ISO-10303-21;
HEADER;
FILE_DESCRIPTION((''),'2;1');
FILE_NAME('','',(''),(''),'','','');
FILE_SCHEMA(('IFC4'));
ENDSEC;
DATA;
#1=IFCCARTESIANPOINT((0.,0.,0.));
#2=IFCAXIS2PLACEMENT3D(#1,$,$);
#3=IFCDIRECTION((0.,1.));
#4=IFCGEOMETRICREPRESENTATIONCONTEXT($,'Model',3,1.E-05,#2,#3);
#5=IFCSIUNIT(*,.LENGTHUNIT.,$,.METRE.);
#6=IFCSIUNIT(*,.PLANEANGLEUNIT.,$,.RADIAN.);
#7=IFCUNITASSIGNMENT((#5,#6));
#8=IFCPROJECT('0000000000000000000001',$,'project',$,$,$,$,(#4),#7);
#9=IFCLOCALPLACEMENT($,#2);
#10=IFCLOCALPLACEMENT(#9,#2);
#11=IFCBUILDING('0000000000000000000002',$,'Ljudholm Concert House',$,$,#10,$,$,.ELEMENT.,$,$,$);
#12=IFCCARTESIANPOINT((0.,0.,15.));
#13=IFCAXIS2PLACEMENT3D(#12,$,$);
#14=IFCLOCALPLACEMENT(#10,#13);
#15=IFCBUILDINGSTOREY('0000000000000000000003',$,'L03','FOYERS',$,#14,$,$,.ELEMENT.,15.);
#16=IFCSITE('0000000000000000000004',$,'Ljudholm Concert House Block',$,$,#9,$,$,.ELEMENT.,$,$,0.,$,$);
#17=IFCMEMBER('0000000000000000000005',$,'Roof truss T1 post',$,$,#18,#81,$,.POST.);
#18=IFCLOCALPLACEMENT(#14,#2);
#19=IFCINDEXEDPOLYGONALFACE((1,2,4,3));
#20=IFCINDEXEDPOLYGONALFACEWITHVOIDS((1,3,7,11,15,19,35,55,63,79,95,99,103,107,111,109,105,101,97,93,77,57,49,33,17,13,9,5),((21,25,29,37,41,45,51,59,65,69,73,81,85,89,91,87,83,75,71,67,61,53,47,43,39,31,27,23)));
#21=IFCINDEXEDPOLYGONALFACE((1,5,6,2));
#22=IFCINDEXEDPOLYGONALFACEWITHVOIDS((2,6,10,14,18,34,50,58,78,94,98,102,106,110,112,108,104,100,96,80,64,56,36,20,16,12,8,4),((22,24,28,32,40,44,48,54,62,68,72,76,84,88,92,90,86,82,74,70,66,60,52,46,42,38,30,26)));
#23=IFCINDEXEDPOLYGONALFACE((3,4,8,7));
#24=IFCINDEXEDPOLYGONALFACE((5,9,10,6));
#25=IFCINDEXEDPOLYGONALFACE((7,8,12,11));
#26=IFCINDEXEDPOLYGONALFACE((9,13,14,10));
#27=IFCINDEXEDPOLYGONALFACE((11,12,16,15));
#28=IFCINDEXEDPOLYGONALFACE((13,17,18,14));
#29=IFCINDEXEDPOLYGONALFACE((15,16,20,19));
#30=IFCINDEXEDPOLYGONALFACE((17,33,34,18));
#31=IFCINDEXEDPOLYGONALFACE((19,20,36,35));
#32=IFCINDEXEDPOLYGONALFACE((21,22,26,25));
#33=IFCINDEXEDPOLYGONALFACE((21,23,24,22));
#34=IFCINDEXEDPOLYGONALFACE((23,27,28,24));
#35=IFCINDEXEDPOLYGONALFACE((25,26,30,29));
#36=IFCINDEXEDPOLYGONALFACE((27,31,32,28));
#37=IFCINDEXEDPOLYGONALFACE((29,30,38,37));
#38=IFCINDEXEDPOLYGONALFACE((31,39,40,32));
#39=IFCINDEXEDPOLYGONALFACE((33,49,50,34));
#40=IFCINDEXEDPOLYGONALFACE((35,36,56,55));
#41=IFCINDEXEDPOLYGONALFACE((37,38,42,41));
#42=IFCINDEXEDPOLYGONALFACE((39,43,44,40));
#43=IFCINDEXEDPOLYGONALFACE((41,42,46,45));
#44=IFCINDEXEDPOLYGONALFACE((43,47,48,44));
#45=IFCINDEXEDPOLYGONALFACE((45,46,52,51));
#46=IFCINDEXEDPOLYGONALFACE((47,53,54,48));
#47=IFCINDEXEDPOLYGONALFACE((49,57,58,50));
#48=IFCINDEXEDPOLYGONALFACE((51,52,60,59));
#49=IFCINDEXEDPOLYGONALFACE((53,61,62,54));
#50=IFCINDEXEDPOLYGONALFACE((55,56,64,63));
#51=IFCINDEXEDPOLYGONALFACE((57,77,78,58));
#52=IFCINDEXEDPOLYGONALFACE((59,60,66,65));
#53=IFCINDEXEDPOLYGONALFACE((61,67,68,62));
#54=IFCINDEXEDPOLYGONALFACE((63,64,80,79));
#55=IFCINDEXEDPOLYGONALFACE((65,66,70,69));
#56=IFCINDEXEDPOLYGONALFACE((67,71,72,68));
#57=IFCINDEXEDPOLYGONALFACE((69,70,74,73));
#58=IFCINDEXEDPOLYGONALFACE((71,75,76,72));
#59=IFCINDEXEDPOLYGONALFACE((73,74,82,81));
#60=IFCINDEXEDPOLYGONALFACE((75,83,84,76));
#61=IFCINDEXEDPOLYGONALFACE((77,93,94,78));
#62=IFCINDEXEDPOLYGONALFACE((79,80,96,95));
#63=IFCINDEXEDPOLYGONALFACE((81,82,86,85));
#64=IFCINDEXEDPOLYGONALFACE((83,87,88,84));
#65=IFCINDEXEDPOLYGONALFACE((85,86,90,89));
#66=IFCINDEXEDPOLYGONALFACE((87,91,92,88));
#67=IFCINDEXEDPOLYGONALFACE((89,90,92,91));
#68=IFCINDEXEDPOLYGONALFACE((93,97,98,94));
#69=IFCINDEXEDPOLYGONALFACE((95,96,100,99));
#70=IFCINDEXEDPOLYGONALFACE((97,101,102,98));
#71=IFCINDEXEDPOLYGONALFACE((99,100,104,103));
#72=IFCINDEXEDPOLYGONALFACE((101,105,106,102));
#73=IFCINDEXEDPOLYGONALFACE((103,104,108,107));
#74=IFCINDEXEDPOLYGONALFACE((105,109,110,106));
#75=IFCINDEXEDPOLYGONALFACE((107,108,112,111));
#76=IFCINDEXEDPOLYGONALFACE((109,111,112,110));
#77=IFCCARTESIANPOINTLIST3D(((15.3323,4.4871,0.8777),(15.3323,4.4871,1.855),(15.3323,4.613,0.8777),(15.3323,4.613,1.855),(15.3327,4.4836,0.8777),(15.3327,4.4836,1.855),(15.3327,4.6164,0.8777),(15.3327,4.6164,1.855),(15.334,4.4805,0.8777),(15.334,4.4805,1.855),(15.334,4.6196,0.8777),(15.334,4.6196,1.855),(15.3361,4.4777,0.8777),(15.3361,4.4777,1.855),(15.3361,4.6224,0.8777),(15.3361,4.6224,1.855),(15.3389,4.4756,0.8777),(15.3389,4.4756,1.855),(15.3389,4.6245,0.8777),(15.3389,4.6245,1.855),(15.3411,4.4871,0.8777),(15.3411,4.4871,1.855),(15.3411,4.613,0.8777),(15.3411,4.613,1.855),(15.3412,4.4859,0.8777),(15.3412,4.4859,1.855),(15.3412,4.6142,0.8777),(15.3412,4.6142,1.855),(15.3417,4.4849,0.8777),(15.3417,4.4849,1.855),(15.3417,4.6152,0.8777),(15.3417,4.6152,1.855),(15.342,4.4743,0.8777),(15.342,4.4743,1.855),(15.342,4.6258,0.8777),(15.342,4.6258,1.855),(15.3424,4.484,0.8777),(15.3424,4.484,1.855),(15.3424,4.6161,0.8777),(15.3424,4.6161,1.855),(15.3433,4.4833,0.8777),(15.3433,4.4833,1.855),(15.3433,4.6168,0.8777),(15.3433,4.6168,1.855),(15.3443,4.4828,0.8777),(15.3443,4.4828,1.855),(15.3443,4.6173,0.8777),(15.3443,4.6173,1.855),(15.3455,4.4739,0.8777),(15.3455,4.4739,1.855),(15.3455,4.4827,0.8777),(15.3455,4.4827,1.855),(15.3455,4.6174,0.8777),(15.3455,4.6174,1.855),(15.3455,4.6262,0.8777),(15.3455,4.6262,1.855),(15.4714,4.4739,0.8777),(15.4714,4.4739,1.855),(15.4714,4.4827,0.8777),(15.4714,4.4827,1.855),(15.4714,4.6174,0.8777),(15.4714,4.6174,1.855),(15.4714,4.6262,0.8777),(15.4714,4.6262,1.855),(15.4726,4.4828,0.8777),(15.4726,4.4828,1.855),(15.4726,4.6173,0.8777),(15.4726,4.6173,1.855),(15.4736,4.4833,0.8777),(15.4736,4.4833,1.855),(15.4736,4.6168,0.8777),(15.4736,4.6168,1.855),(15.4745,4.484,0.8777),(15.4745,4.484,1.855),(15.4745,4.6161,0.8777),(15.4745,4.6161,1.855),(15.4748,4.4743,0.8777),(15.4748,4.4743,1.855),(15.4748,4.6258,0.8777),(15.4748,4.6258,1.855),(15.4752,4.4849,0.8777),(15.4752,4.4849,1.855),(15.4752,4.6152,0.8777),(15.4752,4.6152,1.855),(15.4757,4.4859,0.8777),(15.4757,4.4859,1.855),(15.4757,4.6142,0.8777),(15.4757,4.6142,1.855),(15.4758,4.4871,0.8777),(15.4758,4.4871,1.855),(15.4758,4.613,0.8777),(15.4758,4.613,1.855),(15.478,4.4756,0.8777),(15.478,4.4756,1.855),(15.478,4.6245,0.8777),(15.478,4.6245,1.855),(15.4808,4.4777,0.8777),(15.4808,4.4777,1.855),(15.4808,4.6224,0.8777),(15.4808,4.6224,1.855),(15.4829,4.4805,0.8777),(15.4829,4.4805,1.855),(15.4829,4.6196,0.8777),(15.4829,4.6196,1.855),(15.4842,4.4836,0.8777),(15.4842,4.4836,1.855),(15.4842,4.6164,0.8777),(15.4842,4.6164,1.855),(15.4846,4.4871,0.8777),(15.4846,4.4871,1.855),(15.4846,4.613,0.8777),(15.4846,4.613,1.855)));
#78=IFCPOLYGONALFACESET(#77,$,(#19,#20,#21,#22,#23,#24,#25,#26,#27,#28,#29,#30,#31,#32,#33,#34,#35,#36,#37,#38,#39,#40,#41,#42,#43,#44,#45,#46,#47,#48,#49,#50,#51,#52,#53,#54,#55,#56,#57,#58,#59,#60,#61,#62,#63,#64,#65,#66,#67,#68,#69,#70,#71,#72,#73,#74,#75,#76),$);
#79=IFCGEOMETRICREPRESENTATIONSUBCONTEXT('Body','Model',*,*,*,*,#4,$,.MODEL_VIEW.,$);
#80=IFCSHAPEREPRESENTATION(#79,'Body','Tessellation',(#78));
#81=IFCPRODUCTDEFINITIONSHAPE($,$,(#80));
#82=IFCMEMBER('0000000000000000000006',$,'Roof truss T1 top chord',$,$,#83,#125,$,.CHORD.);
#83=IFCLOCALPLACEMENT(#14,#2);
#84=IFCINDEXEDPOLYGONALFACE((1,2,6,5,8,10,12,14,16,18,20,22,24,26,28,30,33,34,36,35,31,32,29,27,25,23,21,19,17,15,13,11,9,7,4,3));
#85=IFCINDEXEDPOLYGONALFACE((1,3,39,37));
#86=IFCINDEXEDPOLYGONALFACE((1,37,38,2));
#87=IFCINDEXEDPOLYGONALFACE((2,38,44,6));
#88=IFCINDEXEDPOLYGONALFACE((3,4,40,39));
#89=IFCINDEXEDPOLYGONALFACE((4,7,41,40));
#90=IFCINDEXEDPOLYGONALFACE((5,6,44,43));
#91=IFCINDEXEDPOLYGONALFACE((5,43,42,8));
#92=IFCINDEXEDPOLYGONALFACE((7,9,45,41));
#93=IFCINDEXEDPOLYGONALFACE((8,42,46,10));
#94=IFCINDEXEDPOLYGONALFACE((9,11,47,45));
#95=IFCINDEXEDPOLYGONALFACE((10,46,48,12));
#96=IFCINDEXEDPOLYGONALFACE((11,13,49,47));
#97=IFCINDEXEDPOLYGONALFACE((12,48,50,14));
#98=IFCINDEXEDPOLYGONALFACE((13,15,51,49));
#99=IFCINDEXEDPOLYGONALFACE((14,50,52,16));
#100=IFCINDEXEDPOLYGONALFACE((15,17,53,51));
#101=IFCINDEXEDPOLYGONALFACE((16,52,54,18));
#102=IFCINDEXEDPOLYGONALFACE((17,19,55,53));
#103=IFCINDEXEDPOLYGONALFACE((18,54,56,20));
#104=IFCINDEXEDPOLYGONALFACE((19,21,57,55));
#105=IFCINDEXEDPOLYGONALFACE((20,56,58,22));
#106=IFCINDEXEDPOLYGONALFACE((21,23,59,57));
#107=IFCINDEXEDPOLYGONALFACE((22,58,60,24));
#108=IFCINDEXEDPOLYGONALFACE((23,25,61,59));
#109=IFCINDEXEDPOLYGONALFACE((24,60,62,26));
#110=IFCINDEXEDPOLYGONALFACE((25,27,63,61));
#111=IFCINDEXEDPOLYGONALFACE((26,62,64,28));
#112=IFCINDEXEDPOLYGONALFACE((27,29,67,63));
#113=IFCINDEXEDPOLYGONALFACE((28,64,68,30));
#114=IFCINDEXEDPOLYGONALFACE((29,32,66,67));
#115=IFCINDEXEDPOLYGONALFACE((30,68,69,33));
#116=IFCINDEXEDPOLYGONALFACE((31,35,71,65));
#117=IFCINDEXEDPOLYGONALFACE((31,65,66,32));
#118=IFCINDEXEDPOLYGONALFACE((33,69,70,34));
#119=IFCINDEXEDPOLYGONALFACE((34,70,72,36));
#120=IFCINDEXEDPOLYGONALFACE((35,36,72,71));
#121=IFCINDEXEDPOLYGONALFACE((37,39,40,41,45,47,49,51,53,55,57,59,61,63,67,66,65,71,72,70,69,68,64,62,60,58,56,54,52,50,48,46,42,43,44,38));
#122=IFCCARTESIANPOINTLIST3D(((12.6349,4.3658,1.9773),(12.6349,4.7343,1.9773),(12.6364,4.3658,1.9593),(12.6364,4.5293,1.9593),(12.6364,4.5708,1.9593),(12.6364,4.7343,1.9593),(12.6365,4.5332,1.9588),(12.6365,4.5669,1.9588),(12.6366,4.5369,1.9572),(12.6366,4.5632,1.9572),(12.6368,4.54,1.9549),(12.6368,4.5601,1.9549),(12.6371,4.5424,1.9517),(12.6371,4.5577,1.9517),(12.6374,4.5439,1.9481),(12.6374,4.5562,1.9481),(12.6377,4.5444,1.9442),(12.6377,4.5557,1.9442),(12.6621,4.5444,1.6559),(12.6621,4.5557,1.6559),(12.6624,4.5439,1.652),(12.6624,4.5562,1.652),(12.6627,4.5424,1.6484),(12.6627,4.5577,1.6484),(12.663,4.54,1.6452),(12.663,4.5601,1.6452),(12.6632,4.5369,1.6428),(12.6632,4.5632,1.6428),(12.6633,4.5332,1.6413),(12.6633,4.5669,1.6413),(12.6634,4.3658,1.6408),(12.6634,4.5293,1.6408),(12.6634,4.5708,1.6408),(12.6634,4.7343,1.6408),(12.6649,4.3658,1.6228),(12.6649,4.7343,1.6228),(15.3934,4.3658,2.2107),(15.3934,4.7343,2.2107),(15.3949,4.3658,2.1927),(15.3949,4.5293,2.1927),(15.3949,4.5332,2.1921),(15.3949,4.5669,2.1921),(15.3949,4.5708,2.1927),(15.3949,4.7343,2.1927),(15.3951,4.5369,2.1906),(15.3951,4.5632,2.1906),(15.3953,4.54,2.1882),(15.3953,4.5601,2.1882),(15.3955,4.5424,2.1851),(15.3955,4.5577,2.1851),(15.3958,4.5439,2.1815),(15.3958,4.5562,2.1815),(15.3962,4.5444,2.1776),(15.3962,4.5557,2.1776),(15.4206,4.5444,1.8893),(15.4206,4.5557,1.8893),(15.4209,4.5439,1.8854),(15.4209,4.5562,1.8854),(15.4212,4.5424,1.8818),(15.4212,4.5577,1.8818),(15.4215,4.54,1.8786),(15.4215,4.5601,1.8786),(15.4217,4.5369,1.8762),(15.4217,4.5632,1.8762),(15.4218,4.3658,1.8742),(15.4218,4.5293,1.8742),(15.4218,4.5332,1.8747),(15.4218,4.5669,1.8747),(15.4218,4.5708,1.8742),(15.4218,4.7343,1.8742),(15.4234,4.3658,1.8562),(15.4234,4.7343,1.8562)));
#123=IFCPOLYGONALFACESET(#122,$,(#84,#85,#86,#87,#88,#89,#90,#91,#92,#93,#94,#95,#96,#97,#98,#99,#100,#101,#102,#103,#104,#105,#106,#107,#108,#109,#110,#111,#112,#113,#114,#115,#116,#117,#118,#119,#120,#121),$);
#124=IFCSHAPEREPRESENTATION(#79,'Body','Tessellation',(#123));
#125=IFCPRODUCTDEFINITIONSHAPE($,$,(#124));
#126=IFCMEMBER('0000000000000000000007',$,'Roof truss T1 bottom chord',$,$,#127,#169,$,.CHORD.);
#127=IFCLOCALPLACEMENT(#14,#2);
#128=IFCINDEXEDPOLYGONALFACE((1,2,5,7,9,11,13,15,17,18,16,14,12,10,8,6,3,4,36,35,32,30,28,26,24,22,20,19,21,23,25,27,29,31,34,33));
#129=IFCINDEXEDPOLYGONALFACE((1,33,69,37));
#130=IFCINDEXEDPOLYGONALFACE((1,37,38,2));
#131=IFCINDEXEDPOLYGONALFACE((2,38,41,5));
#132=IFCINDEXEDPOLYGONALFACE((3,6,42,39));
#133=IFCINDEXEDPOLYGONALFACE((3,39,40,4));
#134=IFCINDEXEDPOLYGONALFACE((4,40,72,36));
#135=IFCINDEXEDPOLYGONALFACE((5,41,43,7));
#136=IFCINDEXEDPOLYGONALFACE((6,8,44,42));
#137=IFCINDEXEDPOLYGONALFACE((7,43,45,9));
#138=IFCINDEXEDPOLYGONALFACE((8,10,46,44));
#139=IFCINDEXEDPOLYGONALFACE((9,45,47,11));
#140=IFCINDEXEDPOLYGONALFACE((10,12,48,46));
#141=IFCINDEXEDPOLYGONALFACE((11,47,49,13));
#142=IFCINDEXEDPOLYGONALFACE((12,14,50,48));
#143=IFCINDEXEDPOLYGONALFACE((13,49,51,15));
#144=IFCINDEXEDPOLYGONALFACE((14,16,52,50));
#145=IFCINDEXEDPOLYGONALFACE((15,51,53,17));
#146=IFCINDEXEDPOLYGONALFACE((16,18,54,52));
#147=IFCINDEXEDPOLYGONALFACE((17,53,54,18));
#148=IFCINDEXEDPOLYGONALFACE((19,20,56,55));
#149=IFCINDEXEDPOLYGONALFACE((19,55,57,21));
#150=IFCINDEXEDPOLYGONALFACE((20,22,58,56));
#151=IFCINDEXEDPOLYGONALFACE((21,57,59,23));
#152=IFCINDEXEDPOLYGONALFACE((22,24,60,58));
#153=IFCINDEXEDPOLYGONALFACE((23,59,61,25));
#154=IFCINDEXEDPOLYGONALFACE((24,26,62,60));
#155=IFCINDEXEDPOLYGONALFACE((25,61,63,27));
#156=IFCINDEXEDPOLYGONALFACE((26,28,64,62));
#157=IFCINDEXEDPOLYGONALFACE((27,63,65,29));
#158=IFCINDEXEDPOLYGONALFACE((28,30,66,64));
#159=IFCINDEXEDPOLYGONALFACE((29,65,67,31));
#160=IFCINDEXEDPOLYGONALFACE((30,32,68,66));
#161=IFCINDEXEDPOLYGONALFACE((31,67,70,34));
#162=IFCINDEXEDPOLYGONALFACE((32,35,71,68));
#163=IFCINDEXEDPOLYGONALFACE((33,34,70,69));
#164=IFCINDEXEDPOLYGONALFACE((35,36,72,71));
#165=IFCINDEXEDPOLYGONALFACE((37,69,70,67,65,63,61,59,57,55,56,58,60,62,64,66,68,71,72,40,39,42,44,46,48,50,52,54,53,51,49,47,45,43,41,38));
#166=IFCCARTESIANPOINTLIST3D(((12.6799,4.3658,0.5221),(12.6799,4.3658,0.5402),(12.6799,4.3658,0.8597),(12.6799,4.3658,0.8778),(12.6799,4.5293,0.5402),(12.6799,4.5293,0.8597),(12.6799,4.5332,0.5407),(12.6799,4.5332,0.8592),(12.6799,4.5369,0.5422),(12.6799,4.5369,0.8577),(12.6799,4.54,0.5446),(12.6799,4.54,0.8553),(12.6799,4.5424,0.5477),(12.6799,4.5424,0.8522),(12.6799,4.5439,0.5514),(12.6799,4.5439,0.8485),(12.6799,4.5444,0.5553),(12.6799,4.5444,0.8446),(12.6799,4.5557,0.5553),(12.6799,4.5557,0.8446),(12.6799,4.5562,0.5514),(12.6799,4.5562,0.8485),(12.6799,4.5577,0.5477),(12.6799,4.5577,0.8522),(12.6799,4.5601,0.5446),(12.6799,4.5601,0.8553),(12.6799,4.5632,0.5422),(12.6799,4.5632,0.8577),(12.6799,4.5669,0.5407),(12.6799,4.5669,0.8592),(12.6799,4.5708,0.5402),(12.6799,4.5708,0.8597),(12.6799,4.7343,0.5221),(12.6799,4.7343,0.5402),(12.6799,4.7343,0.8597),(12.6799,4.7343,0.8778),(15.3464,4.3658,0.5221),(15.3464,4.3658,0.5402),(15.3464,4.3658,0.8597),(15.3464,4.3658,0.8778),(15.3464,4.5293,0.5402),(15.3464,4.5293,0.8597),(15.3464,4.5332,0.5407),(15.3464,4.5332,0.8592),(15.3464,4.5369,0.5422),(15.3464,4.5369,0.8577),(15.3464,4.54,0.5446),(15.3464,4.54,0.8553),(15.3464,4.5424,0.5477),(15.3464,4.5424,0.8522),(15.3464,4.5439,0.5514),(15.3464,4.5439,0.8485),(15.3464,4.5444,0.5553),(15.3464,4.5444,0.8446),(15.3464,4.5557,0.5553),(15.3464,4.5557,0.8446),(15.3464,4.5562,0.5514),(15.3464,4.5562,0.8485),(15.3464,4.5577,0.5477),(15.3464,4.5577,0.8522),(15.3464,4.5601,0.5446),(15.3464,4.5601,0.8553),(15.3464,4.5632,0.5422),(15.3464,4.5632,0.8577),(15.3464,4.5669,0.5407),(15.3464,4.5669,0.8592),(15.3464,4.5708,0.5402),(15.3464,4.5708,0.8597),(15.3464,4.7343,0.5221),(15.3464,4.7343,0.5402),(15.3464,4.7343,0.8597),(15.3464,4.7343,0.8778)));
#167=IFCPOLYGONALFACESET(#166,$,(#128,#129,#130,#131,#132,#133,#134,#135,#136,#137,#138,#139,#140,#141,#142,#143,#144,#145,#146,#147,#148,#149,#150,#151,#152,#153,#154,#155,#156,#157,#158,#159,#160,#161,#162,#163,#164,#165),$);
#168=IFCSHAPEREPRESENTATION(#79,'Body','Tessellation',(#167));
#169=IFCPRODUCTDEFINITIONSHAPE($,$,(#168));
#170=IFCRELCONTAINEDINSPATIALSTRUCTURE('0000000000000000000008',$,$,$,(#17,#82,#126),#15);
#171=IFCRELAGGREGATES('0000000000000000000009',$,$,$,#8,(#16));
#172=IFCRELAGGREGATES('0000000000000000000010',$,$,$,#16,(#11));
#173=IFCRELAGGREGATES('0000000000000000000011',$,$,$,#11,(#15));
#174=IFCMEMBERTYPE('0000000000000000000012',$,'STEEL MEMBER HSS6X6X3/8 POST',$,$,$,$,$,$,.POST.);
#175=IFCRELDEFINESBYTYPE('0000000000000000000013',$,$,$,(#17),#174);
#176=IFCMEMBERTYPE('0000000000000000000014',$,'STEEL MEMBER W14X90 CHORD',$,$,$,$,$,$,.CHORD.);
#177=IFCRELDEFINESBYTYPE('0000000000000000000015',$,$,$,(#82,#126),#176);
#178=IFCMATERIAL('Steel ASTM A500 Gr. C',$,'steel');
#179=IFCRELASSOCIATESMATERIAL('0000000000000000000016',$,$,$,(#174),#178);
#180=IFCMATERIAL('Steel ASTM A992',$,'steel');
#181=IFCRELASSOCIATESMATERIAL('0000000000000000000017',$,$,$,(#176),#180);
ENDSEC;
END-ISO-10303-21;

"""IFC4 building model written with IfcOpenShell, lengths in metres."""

from ifc_helpers import new_model, si_unit, direction, frame, origin, origin_2d, place, context, subcontext, project, spatial, hollow_rectangle, i_section, extrude, material, material_profile, profile_set, type_object, element, save


model = new_model("IFC4")

# Units and contexts
model_context = context("Model", 3, precision=1e-05, world=origin(), true_north=direction((0.0, 1.0)))
body_context = subcontext(model_context, "Body", "Model", "MODEL_VIEW")
ifc_project = project(units=[si_unit("LENGTHUNIT", "METRE"), si_unit("PLANEANGLEUNIT", "RADIAN")], contexts=[model_context])

# Site, building, storey
site_placement = place(None, origin())
site = spatial("IfcSite", under=ifc_project, at=site_placement, Name="Ljudholm Concert House Block", CompositionType="ELEMENT", RefElevation=0.0)
building_placement = place(site_placement, origin())
building = spatial("IfcBuilding", under=site, at=building_placement, Name="Ljudholm Concert House", CompositionType="ELEMENT")
storey_placement = place(building_placement, frame((0.0, 0.0, 15.0)))
storey = spatial("IfcBuildingStorey", under=building, at=storey_placement, Name="L03", Description="FOYERS", CompositionType="ELEMENT", Elevation=15.0)

# Members
ifc_material_1 = material(Name="Steel ASTM A500 Gr. C", Category="steel")
ifc_material_profile_1 = material_profile(ifc_material_1, hollow_rectangle(XDim=0.1523, YDim=0.1523, WallThickness=0.0088, InnerFilletRadius=0.0044, OuterFilletRadius=0.0132, at=origin_2d()), Name="HSS6X6X3/8")
ifc_profile_set_1 = profile_set([ifc_material_profile_1], Name="Steel ASTM A500 Gr. C")
member_type_1 = type_object("IfcMemberType", Name="STEEL MEMBER HSS6X6X3/8 POST", PredefinedType="POST", material=ifc_profile_set_1)
member_1_placement = place(storey_placement, frame((15.4084, 4.55, 0.8777), z_axis=(0.0, 0.0, 1.0), x_axis=(1.0, 0.0, 0.0)))
element("IfcMember", 1, at=member_1_placement, inside=storey, type_object=member_type_1, Name="Roof truss T1 post", PredefinedType="POST", context=body_context, shape_type="SweptSolid", body=[
    extrude(hollow_rectangle(XDim=0.1523, YDim=0.1523, WallThickness=0.0088, InnerFilletRadius=0.0044, OuterFilletRadius=0.0132, at=origin_2d()), origin(), (0.0, 0.0, 1.0), 0.9773),
])
ifc_material_2 = material(Name="Steel ASTM A992", Category="steel")
ifc_material_profile_2 = material_profile(ifc_material_2, i_section(OverallWidth=0.3684, OverallDepth=0.3557, WebThickness=0.0112, FlangeThickness=0.0181, FilletRadius=0.0151, at=origin_2d()), Name="W14X90")
ifc_profile_set_2 = profile_set([ifc_material_profile_2], Name="Steel ASTM A992")
member_type_2 = type_object("IfcMemberType", Name="STEEL MEMBER W14X90 CHORD", PredefinedType="CHORD", material=ifc_profile_set_2)
member_2_placement = place(storey_placement, frame((12.6499, 4.55, 1.8), z_axis=(0.99644, 0.0, 0.084308), x_axis=(0.0, 1.0, 0.0)))
element("IfcMember", 2, at=member_2_placement, inside=storey, type_object=member_type_2, Name="Roof truss T1 top chord", PredefinedType="CHORD", context=body_context, shape_type="SweptSolid", body=[
    extrude(i_section(OverallWidth=0.3684, OverallDepth=0.3557, WebThickness=0.0112, FlangeThickness=0.0181, FilletRadius=0.0151, at=origin_2d()), origin(), (0.0, 0.0, 1.0), 2.7683),
])
member_3_placement = place(storey_placement, frame((12.6799, 4.55, 0.7), z_axis=(1.0, 0.0, 0.0), x_axis=(0.0, 1.0, 0.0)))
element("IfcMember", 3, at=member_3_placement, inside=storey, type_object=member_type_2, Name="Roof truss T1 bottom chord", PredefinedType="CHORD", context=body_context, shape_type="SweptSolid", body=[
    extrude(i_section(OverallWidth=0.3684, OverallDepth=0.3557, WebThickness=0.0112, FlangeThickness=0.0181, FilletRadius=0.0151, at=origin_2d()), origin(), (0.0, 0.0, 1.0), 2.6665),
])

save(model, "model.ifc")
